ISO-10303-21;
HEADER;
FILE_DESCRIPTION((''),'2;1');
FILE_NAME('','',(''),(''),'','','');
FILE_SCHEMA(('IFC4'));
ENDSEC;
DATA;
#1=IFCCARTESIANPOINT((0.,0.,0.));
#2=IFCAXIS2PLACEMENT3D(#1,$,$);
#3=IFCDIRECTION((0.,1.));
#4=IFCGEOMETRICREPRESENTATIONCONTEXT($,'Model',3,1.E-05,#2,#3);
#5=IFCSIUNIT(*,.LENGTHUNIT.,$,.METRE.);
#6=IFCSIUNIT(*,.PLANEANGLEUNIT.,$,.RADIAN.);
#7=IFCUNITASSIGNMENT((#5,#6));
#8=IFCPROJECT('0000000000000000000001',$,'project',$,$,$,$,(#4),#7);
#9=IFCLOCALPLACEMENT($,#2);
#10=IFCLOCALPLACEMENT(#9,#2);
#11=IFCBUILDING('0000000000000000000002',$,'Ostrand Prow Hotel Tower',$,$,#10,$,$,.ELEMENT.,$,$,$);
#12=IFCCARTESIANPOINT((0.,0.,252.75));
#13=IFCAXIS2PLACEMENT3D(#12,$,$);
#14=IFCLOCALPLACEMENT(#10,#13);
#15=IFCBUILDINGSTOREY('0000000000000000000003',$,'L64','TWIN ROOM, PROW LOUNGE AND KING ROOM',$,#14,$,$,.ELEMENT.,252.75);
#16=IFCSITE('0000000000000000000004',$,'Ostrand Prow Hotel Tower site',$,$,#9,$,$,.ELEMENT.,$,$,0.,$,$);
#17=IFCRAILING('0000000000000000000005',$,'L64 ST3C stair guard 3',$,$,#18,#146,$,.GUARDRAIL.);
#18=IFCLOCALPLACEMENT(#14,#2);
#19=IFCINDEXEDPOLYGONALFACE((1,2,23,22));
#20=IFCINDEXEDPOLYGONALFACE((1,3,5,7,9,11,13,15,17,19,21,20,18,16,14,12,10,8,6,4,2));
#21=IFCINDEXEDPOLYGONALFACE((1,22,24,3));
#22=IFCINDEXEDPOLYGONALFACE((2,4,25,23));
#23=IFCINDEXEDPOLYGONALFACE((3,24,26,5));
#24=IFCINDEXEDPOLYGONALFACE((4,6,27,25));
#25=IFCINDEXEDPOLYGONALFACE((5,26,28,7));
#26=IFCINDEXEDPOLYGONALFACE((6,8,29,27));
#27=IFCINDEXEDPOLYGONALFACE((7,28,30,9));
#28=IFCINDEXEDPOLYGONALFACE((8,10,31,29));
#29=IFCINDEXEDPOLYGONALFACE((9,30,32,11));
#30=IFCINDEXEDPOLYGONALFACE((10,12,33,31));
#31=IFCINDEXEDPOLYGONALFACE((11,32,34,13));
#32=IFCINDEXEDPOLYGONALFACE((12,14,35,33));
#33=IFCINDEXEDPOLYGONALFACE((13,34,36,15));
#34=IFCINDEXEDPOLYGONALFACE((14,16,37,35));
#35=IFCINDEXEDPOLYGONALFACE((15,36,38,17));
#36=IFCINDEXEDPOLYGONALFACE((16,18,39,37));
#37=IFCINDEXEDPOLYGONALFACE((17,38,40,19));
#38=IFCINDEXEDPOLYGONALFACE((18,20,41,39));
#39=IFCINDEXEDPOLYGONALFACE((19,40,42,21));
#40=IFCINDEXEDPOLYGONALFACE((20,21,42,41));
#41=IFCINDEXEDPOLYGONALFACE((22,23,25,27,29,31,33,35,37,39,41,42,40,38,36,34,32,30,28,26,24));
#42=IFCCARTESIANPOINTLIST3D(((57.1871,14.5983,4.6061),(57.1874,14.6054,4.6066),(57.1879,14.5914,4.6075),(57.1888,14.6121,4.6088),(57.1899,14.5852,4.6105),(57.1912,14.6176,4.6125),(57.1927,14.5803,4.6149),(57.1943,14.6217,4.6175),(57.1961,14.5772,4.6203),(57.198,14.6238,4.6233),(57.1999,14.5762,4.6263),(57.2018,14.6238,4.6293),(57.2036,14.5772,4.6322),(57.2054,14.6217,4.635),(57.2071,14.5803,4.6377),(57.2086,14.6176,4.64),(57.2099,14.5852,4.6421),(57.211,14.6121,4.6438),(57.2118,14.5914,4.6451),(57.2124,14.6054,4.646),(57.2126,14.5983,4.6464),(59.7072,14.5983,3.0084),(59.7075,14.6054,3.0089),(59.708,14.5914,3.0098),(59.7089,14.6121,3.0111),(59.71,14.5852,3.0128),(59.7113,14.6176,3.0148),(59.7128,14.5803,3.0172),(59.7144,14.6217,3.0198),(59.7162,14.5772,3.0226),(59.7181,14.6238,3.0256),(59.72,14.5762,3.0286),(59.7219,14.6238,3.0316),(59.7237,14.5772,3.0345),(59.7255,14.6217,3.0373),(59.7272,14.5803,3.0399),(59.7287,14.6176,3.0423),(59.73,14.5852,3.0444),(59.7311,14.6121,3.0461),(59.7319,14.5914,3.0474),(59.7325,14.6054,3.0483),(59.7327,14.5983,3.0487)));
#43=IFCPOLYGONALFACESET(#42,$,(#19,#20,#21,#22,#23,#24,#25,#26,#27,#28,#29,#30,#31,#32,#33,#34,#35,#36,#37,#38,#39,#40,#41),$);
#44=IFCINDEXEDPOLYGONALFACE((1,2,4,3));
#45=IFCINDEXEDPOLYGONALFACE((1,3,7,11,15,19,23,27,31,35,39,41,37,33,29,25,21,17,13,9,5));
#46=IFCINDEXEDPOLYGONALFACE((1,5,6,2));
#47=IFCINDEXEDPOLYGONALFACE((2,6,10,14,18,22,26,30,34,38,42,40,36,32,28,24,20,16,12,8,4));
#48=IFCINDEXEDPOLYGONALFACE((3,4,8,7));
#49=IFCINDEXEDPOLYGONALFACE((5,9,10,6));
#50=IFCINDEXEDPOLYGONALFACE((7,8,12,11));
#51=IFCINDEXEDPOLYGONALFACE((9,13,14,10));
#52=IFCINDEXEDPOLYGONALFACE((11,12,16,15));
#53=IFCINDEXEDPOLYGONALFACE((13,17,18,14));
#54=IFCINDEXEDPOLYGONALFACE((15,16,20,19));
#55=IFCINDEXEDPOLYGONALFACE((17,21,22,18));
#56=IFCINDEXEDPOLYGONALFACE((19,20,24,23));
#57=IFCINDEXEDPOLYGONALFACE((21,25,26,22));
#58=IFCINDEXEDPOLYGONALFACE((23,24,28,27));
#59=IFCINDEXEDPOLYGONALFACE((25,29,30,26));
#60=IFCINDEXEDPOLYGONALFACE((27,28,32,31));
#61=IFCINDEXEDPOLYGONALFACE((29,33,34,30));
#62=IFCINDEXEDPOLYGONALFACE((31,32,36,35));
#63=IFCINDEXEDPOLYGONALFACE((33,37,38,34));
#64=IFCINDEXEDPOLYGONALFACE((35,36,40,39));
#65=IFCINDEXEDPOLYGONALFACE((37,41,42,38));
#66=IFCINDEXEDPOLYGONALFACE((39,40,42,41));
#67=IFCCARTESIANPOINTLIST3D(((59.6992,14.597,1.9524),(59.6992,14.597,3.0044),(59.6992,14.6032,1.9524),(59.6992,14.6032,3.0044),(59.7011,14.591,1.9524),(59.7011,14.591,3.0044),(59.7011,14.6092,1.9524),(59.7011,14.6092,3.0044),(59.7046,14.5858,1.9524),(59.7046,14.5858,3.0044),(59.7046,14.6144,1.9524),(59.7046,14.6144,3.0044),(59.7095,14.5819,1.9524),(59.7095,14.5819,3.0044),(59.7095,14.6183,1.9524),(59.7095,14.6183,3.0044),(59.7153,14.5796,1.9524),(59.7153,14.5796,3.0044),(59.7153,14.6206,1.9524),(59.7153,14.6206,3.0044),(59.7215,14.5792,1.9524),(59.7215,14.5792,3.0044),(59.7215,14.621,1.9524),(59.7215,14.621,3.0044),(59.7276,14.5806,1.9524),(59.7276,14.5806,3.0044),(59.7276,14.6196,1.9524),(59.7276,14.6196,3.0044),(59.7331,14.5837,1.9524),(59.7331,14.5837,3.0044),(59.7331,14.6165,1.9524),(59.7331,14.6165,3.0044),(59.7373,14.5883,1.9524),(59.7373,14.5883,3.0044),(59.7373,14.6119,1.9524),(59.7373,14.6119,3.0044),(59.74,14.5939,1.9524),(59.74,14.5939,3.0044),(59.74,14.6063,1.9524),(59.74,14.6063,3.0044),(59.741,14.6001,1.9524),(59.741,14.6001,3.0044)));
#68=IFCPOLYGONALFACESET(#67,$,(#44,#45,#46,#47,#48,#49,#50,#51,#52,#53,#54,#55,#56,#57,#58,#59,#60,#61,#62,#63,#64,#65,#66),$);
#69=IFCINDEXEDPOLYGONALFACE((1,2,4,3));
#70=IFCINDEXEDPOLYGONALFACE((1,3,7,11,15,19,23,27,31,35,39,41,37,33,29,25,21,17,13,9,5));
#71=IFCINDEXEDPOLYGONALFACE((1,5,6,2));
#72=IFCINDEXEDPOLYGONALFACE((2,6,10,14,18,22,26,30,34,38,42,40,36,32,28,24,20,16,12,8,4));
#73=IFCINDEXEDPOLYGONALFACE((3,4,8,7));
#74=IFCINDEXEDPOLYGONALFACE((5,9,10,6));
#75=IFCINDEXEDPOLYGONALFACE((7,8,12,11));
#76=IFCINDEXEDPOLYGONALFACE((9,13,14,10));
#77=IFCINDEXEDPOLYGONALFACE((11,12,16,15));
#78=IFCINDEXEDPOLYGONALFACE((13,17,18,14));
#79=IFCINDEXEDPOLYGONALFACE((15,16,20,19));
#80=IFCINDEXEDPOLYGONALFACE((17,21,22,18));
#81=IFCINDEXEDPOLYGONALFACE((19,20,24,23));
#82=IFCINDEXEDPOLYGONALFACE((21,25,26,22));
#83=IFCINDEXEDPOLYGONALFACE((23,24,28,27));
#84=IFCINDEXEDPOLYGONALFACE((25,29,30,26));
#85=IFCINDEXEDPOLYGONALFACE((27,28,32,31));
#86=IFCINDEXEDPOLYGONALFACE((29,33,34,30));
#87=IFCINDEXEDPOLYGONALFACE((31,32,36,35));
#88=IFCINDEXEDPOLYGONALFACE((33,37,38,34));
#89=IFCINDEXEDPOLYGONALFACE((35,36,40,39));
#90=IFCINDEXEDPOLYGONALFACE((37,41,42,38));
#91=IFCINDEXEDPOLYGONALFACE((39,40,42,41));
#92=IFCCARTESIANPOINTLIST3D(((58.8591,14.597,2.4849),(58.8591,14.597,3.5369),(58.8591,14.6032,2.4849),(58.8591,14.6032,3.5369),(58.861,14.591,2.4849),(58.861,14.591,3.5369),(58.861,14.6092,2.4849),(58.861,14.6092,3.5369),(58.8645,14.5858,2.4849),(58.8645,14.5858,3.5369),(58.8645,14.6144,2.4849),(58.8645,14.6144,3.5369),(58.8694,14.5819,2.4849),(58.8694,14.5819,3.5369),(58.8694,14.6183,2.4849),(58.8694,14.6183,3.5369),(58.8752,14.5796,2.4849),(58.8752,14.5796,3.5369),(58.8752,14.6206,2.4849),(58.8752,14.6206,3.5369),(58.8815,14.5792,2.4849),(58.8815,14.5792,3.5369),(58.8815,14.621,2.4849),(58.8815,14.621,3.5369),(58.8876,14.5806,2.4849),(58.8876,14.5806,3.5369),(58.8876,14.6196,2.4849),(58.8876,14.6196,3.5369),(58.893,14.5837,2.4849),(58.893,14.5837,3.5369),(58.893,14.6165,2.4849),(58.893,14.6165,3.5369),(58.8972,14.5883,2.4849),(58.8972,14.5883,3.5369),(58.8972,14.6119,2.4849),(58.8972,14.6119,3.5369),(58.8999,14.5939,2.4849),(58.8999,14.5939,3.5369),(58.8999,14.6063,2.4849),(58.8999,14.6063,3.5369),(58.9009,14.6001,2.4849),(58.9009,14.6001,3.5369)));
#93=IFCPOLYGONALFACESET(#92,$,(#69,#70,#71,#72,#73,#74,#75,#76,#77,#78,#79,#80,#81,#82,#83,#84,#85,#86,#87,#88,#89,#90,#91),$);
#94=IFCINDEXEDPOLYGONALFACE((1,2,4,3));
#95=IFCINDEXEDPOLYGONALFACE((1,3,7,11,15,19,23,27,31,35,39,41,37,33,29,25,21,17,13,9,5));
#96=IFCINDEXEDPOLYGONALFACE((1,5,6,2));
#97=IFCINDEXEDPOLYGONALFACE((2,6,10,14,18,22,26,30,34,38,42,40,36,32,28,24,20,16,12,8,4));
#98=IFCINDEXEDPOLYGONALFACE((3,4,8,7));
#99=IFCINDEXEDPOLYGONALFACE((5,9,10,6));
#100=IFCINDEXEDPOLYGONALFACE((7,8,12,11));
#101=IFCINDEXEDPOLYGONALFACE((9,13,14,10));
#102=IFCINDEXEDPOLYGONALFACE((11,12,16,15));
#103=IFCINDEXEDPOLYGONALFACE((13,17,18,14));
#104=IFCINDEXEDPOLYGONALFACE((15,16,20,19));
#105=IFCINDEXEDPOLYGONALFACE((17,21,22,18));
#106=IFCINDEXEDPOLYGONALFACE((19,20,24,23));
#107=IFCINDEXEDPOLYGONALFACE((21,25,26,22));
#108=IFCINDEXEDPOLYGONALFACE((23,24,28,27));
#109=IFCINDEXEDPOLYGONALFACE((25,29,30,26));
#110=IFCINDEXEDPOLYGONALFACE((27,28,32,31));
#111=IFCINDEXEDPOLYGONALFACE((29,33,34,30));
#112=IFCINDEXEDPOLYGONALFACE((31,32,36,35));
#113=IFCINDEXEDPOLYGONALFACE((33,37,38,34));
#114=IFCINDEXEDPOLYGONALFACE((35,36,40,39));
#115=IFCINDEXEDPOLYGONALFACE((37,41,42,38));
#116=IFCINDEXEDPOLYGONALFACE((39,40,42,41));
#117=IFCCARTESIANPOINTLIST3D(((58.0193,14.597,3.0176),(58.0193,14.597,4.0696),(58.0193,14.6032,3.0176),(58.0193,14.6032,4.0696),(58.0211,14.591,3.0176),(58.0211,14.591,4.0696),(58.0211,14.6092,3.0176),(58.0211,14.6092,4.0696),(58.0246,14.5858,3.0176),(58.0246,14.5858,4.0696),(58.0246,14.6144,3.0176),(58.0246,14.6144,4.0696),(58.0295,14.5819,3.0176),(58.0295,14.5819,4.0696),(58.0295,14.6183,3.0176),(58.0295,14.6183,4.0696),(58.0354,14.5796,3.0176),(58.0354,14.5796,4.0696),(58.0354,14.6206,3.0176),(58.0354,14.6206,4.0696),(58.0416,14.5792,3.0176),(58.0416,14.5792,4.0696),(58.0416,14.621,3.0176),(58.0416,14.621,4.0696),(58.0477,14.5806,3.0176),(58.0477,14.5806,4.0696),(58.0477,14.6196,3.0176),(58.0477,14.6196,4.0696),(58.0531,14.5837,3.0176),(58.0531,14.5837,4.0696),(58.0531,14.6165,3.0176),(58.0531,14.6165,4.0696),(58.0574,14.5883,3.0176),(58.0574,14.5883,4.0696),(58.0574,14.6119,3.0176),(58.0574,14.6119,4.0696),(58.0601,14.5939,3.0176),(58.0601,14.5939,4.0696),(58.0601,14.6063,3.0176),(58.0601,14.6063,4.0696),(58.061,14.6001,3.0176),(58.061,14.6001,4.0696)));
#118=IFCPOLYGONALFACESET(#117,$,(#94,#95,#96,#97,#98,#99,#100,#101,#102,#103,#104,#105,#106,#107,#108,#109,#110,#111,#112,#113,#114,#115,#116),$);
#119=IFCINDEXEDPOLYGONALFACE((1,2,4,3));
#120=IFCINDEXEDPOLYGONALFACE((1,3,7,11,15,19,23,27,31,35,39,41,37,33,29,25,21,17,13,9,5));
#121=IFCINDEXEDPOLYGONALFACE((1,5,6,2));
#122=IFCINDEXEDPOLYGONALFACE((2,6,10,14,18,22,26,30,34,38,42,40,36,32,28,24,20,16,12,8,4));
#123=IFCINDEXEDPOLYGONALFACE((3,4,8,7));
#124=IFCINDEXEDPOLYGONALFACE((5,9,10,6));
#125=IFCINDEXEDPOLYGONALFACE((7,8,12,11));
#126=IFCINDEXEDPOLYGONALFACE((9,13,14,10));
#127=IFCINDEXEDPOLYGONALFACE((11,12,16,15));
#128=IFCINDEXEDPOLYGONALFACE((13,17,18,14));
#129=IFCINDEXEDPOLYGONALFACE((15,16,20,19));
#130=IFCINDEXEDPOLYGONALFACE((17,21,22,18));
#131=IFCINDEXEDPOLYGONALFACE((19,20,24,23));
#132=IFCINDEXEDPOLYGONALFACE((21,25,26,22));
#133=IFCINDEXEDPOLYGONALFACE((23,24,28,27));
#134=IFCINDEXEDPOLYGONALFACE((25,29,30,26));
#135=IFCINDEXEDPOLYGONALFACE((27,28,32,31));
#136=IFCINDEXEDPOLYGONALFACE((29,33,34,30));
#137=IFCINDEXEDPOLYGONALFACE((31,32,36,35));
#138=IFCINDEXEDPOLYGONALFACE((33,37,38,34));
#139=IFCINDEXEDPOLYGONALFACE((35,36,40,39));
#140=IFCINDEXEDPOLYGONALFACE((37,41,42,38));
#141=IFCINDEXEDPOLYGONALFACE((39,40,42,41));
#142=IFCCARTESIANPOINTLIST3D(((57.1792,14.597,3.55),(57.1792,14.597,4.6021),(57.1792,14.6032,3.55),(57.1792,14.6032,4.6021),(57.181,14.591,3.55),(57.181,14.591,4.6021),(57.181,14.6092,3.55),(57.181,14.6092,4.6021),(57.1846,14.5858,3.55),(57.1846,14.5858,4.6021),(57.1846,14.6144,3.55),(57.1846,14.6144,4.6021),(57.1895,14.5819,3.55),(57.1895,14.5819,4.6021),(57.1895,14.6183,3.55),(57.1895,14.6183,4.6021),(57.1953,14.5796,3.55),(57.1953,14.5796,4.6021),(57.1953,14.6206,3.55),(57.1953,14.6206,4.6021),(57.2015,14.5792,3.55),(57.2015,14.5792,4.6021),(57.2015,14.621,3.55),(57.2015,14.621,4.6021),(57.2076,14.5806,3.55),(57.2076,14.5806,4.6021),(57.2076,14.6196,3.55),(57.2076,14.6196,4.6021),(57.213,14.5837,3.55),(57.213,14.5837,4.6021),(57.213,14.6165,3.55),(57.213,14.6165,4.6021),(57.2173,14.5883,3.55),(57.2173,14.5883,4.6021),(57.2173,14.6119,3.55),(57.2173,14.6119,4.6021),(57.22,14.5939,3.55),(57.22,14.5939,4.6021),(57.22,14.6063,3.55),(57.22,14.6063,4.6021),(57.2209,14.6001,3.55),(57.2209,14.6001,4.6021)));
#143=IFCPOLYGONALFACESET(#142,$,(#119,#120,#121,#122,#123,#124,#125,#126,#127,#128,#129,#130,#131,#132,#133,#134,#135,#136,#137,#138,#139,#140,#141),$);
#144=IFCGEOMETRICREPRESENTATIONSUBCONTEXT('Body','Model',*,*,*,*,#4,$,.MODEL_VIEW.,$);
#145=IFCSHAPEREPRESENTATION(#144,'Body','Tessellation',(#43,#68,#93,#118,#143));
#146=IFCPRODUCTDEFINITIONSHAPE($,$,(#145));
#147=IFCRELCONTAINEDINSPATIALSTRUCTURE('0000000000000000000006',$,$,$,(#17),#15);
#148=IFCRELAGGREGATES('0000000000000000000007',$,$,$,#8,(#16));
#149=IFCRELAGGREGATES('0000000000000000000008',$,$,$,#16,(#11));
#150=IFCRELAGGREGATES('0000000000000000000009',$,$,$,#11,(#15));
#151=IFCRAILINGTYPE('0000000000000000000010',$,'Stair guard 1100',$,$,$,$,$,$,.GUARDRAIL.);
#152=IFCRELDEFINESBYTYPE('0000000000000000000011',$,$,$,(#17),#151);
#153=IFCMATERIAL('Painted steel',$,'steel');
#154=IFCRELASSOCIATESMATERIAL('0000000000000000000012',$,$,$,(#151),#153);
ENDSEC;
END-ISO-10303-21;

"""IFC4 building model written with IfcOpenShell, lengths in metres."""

from ifc_helpers import new_model, si_unit, direction, frame, origin, origin_2d, place, context, subcontext, project, spatial, circle, extrude, material, type_object, element, save


model = new_model("IFC4")

# Units and contexts
model_context = context("Model", 3, precision=1e-05, world=origin(), true_north=direction((0.0, 1.0)))
body_context = subcontext(model_context, "Body", "Model", "MODEL_VIEW")
ifc_project = project(units=[si_unit("LENGTHUNIT", "METRE"), si_unit("PLANEANGLEUNIT", "RADIAN")], contexts=[model_context])

# Site, building, storey
site_placement = place(None, origin())
site = spatial("IfcSite", under=ifc_project, at=site_placement, Name="Ostrand Prow Hotel Tower site", CompositionType="ELEMENT", RefElevation=0.0)
building_placement = place(site_placement, origin())
building = spatial("IfcBuilding", under=site, at=building_placement, Name="Ostrand Prow Hotel Tower", CompositionType="ELEMENT")
storey_placement = place(building_placement, frame((0.0, 0.0, 252.75)))
storey = spatial("IfcBuildingStorey", under=building, at=storey_placement, Name="L64", Description="TWIN ROOM, PROW LOUNGE AND KING ROOM", CompositionType="ELEMENT", Elevation=252.75)

# Railing
ifc_material_1 = material(Name="Painted steel", Category="steel")
railing_type_1 = type_object("IfcRailingType", Name="Stair guard 1100", PredefinedType="GUARDRAIL", material=ifc_material_1)
railing_1_placement = place(storey_placement, frame((59.72, 14.6001, 1.9524)))
element("IfcRailing", 1, at=railing_1_placement, inside=storey, type_object=railing_type_1, Name="L64 ST3C stair guard 3", PredefinedType="GUARDRAIL", context=body_context, shape_type="SweptSolid", body=[
    extrude(circle(Radius=0.0239, at=origin_2d()), frame((0.0, 0.0, 1.0762), z_axis=(-0.84457, 0.0, 0.535445), x_axis=(0.0, -1.0, 0.0)), (0.0, 0.0, 1.0), 2.9839),
    extrude(circle(Radius=0.021, at=origin_2d()), origin(), (0.0, 0.0, 1.0), 1.052),
    extrude(circle(Radius=0.021, at=origin_2d()), frame((-0.8401, 0.0, 0.5325)), (0.0, 0.0, 1.0), 1.052),
    extrude(circle(Radius=0.021, at=origin_2d()), frame((-1.6799, 0.0, 1.0652)), (0.0, 0.0, 1.0), 1.052),
    extrude(circle(Radius=0.021, at=origin_2d()), frame((-2.52, 0.0, 1.5977)), (0.0, 0.0, 1.0), 1.052),
])

save(model, "model.ifc")
